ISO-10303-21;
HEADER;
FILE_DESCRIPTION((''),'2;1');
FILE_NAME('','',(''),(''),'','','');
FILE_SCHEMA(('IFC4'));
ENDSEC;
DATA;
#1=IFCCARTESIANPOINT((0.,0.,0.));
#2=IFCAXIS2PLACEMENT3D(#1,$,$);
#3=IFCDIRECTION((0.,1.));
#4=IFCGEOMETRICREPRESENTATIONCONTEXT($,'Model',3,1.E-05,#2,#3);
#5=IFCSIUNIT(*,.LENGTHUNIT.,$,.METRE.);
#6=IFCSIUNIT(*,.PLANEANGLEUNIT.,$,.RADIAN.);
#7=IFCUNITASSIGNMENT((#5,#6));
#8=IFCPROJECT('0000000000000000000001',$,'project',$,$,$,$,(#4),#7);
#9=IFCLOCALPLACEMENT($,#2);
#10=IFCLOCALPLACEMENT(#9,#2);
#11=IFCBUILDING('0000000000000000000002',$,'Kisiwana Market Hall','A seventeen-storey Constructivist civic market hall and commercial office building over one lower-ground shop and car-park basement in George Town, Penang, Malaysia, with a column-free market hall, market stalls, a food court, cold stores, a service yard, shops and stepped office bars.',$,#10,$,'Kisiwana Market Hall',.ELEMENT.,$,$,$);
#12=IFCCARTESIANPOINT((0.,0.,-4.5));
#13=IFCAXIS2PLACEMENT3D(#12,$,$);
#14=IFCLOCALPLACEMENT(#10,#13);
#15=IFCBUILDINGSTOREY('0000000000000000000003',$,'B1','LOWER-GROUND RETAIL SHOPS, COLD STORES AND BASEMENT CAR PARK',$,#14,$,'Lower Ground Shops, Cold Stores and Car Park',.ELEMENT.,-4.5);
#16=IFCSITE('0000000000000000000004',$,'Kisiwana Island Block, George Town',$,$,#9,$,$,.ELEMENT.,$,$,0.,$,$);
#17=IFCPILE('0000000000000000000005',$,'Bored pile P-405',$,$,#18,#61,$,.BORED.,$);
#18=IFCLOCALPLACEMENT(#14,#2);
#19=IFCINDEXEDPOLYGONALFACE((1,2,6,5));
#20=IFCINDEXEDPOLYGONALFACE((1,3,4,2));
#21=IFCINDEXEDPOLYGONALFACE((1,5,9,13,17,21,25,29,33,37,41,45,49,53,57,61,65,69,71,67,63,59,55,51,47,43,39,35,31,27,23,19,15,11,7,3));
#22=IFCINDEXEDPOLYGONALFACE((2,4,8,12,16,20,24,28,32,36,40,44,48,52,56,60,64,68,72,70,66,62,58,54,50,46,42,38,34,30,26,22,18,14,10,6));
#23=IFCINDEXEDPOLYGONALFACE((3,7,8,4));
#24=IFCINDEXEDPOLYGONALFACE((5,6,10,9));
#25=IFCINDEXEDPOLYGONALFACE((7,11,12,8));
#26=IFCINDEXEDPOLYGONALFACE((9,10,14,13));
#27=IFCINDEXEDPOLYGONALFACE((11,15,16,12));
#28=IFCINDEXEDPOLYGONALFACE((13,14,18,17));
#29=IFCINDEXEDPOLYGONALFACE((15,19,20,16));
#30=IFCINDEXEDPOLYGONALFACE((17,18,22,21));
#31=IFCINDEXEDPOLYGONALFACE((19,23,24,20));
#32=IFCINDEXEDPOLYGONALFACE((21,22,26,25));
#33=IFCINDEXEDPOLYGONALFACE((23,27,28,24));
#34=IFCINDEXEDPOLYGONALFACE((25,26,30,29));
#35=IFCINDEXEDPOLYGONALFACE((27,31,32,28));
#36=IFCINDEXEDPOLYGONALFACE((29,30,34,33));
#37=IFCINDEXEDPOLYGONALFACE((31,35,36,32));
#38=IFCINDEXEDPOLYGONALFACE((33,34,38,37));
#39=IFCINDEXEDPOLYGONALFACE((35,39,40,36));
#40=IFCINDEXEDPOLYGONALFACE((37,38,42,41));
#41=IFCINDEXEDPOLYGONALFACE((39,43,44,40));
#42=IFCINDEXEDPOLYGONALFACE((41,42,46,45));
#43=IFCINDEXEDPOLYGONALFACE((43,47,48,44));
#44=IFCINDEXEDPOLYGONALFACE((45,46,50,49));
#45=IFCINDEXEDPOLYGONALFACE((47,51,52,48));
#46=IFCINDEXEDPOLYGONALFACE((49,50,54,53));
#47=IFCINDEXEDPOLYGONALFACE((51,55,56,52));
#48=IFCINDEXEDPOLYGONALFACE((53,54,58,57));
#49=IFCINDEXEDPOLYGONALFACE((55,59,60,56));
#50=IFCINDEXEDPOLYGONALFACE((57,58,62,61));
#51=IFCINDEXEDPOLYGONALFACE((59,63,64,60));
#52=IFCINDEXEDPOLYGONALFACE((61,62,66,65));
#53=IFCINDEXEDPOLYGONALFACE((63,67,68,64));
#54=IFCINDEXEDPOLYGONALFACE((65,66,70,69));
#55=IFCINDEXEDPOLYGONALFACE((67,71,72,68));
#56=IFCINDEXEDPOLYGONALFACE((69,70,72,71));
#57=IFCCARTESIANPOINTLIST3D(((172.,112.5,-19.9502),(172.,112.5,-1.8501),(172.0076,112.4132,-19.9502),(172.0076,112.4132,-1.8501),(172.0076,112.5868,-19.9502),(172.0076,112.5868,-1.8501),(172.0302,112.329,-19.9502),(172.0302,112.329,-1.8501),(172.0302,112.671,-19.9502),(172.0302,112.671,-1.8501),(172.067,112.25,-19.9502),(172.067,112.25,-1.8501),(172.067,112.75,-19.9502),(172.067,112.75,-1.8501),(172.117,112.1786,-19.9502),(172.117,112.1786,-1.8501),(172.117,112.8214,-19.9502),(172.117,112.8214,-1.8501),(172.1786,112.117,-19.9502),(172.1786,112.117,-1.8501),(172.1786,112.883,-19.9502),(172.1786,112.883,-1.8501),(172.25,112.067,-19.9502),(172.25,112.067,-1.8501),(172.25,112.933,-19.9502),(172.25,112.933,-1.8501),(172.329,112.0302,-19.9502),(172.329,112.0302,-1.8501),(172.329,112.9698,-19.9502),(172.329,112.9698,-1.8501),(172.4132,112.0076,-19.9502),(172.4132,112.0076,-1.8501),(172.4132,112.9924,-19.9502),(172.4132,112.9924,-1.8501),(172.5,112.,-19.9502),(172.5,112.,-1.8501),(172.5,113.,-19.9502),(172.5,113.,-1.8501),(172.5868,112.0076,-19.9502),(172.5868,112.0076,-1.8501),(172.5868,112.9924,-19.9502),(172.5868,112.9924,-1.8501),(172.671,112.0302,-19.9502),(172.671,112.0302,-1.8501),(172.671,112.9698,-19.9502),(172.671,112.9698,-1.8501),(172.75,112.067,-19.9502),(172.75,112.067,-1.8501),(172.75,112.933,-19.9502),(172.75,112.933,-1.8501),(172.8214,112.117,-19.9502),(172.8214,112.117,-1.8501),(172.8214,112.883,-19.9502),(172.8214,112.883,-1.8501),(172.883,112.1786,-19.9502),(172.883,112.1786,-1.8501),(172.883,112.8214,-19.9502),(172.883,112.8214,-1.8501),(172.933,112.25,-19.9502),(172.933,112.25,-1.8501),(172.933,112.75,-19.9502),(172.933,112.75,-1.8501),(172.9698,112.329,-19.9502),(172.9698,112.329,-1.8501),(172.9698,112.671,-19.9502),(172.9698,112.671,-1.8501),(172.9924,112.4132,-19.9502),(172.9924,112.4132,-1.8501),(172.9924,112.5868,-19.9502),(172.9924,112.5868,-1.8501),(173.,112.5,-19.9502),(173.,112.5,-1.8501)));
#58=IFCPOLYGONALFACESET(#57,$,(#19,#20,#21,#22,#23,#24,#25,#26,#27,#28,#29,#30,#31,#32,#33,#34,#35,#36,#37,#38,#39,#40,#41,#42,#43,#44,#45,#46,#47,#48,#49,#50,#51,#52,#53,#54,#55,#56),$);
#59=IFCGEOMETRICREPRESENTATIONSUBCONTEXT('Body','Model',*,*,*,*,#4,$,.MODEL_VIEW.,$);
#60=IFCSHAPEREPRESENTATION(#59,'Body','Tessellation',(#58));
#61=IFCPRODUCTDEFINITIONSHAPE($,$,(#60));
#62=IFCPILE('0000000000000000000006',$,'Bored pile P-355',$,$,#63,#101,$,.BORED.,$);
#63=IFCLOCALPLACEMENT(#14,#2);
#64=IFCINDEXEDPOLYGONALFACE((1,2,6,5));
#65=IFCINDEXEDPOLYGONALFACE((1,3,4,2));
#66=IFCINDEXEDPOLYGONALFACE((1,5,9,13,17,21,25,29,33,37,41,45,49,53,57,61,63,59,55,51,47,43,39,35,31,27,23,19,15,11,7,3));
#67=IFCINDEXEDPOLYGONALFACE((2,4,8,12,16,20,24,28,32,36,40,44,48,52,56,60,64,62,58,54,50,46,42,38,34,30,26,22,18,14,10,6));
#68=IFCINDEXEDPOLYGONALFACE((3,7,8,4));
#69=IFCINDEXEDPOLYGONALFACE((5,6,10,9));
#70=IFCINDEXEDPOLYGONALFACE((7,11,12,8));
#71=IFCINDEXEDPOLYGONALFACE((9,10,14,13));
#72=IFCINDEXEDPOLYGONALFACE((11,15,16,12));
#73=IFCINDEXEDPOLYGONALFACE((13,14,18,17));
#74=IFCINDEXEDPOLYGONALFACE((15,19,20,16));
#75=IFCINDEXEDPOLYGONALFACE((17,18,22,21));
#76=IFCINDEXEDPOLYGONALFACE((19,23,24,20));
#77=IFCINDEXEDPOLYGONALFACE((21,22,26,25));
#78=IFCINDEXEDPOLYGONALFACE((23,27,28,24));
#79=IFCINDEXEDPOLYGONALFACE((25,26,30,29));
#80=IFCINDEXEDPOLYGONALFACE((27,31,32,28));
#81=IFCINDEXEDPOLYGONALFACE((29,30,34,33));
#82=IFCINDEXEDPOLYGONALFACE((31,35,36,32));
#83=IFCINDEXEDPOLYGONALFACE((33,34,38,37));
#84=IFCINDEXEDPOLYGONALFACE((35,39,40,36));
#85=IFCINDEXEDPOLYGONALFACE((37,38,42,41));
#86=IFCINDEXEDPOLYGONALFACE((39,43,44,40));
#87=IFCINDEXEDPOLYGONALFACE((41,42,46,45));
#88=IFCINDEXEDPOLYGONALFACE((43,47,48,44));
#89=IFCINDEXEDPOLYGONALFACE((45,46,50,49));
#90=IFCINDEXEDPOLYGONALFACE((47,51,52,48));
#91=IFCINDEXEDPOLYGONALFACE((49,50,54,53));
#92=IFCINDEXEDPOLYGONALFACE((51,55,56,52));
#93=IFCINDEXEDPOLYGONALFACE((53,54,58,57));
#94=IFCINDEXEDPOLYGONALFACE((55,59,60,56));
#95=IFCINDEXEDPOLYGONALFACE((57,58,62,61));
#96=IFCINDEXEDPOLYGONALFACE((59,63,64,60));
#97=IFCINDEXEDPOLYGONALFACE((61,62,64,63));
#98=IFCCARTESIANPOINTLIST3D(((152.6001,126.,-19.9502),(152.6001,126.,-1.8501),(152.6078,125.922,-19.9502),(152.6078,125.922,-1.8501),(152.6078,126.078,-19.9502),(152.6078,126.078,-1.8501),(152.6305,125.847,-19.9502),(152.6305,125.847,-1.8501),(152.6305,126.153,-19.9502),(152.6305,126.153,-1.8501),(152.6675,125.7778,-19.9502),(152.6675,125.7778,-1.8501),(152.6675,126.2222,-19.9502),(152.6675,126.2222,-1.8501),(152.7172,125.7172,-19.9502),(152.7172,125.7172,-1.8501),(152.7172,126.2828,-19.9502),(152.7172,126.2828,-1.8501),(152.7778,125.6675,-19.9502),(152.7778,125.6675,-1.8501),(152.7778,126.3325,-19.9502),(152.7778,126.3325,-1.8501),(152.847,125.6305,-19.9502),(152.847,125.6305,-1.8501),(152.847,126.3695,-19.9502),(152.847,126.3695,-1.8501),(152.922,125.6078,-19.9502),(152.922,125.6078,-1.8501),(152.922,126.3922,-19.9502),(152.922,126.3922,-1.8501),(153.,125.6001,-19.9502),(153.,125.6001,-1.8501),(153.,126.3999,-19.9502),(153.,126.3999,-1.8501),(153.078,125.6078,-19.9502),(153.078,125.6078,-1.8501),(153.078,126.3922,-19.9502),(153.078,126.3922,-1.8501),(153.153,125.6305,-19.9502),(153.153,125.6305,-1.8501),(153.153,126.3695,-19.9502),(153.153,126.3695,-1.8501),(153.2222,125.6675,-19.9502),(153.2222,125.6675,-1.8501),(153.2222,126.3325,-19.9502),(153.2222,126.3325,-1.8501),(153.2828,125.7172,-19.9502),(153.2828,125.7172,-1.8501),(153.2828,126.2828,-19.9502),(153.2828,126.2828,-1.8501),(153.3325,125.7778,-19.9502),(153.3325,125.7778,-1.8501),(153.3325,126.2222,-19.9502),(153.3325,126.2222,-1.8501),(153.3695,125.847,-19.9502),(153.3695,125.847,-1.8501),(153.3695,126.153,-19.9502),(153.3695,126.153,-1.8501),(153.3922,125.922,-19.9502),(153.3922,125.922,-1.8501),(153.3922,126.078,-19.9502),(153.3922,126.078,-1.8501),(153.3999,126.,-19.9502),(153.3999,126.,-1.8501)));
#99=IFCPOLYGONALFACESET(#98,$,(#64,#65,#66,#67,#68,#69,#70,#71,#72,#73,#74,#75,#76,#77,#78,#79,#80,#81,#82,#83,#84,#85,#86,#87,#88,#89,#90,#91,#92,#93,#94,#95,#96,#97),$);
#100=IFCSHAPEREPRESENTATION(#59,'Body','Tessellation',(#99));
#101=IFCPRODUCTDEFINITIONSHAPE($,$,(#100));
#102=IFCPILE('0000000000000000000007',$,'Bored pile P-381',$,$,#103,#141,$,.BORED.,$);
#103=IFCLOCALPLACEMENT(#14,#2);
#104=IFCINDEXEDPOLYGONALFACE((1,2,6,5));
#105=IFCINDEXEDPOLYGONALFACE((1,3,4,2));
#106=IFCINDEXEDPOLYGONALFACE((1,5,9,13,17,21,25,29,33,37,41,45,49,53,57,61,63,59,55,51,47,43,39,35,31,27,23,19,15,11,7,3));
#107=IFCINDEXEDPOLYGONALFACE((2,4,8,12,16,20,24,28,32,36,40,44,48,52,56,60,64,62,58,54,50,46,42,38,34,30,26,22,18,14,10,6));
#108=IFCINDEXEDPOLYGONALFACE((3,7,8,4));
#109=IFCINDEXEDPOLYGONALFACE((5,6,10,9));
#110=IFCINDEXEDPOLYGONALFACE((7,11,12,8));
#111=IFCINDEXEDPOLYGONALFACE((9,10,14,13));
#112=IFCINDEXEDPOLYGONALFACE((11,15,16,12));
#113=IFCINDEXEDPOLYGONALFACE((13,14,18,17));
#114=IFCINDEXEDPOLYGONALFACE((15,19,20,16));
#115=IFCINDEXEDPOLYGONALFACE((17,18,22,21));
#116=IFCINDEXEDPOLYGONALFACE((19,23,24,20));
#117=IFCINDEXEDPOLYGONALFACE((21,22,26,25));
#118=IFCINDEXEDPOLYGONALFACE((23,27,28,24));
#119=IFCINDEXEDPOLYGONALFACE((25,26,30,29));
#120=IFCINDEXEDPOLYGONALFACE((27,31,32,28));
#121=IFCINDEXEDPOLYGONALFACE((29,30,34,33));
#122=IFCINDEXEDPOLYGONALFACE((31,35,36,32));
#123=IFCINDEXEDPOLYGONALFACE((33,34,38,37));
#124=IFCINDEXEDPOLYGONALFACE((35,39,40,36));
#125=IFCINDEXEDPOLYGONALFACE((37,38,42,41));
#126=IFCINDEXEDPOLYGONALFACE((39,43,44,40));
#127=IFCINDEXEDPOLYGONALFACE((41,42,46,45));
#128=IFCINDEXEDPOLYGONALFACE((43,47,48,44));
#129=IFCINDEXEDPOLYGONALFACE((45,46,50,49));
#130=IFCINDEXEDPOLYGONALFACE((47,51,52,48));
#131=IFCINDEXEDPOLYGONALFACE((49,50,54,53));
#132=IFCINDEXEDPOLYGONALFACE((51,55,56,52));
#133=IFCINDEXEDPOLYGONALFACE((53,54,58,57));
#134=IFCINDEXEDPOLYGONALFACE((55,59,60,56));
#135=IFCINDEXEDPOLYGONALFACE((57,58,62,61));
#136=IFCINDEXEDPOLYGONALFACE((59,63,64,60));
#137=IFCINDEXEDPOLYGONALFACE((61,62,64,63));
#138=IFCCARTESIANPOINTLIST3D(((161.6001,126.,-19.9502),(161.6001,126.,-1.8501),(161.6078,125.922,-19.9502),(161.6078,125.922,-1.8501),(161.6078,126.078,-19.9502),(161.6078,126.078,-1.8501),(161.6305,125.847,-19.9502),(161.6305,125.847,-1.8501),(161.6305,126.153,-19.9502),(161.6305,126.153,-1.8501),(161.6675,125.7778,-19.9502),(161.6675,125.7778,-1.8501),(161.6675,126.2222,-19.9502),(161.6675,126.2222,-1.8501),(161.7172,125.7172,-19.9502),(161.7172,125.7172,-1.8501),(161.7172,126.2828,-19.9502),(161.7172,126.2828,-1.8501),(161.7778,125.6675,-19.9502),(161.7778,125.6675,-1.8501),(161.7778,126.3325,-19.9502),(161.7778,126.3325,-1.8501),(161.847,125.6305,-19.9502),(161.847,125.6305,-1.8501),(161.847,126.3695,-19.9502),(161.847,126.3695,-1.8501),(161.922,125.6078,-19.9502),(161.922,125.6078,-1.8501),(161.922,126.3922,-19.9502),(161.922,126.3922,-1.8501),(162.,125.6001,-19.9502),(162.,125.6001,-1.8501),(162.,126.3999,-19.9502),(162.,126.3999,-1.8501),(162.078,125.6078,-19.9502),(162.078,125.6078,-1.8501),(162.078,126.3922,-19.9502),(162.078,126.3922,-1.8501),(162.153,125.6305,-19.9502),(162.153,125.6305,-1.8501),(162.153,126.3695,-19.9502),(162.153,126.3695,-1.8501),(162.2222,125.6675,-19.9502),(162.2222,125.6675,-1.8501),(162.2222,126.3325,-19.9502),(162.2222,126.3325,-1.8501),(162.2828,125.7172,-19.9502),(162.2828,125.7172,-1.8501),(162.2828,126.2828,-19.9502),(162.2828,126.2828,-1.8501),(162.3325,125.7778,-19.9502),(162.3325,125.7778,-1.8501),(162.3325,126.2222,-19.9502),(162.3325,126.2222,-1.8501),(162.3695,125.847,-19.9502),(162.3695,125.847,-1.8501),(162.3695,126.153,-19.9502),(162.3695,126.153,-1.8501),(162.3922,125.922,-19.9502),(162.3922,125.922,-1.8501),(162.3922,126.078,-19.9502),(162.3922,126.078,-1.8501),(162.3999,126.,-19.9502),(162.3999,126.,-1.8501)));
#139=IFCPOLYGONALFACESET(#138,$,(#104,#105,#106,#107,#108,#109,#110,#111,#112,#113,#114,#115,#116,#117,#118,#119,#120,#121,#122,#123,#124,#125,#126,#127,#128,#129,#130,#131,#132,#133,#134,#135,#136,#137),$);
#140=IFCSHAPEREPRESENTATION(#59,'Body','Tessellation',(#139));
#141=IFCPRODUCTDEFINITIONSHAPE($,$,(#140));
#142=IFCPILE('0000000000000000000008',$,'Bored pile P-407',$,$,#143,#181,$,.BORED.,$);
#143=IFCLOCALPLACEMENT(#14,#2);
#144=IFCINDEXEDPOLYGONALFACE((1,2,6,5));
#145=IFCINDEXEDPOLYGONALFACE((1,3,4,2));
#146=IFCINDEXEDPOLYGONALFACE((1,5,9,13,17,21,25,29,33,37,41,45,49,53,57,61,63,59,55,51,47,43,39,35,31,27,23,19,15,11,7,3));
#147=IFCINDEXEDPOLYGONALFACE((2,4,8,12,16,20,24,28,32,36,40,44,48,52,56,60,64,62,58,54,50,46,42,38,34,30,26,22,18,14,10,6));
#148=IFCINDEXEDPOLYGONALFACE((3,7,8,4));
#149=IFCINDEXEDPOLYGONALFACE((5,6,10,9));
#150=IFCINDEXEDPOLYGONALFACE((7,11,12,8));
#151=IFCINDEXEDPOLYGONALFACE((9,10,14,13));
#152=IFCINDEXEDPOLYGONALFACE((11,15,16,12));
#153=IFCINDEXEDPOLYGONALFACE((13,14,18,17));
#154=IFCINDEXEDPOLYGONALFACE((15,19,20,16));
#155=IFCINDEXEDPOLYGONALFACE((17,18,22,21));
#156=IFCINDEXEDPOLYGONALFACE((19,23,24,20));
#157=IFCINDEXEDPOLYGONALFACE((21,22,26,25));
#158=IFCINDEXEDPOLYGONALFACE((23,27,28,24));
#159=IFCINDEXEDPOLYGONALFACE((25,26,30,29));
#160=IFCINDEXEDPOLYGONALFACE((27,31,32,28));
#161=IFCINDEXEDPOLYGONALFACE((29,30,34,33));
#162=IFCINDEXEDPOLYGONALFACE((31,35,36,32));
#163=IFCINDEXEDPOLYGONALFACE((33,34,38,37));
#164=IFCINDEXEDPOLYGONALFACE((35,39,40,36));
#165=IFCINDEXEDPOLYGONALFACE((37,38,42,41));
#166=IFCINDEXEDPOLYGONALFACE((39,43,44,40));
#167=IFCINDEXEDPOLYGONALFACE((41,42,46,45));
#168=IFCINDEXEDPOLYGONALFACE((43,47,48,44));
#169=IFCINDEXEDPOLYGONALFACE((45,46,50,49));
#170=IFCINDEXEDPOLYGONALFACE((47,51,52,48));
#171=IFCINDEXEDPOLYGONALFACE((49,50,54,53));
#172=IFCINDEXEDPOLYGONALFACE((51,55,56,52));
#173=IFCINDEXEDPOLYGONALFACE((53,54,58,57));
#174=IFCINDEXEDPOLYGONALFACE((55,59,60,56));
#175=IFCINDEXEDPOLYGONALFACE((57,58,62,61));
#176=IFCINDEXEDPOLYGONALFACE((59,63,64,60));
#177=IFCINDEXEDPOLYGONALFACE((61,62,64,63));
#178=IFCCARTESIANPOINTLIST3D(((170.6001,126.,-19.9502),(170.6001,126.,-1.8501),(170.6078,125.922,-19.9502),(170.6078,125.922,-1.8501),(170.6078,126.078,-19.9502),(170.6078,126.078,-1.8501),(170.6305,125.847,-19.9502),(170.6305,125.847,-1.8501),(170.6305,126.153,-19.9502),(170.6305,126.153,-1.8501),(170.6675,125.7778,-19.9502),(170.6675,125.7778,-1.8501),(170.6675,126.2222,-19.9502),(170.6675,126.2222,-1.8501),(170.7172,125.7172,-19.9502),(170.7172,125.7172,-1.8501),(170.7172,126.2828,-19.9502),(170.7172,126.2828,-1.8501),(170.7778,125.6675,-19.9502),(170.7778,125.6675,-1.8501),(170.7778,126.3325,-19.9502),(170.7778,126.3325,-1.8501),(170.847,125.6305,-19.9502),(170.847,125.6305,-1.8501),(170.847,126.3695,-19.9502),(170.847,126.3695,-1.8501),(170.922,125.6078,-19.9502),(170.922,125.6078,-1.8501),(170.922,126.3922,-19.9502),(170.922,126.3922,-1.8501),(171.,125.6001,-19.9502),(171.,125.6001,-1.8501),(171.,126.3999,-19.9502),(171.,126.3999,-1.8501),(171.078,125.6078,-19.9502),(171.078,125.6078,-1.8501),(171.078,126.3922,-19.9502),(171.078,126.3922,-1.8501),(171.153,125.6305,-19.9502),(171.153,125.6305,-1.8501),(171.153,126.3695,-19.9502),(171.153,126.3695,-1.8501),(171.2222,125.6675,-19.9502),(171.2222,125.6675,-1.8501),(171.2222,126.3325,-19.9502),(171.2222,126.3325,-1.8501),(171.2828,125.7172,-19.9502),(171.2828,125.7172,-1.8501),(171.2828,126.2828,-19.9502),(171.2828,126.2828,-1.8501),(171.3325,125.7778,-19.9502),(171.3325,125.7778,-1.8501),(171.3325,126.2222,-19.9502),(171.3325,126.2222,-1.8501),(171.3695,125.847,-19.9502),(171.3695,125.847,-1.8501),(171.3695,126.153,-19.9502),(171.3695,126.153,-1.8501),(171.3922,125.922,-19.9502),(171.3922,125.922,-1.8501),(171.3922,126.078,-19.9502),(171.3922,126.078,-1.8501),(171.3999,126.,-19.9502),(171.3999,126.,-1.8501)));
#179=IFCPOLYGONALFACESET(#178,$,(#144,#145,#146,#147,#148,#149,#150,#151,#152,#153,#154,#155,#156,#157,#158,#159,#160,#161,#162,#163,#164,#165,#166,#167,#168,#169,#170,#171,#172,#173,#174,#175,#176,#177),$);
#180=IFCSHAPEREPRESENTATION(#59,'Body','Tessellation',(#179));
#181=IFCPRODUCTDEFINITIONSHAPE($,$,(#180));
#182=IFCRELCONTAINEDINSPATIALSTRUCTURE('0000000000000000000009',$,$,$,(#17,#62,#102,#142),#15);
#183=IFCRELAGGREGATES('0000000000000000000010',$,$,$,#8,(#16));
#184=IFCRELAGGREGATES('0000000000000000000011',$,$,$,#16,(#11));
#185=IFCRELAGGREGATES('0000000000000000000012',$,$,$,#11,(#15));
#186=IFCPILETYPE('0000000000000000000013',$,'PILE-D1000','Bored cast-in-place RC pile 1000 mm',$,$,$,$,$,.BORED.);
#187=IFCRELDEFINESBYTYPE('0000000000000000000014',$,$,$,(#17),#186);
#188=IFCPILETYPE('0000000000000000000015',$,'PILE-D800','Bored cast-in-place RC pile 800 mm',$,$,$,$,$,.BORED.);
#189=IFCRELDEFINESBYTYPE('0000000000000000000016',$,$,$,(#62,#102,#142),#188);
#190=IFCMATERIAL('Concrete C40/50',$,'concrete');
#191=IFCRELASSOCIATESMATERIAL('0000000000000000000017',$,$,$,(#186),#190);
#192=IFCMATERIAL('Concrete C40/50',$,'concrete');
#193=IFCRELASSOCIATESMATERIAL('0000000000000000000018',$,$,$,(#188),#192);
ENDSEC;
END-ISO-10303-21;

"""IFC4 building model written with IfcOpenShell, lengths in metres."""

from ifc_helpers import new_model, si_unit, direction, frame, origin, origin_2d, place, context, subcontext, project, spatial, circle, extrude, material, material_profile, profile_set, type_object, element, save


model = new_model("IFC4")

# Units and contexts
model_context = context("Model", 3, precision=1e-05, world=origin(), true_north=direction((0.0, 1.0)))
body_context = subcontext(model_context, "Body", "Model", "MODEL_VIEW")
ifc_project = project(units=[si_unit("LENGTHUNIT", "METRE"), si_unit("PLANEANGLEUNIT", "RADIAN")], contexts=[model_context])

# Site, building, storey
site_placement = place(None, origin())
site = spatial("IfcSite", under=ifc_project, at=site_placement, Name="Kisiwana Island Block, George Town", CompositionType="ELEMENT", RefElevation=0.0)
building_placement = place(site_placement, origin())
building = spatial("IfcBuilding", under=site, at=building_placement, Name="Kisiwana Market Hall", Description="A seventeen-storey Constructivist civic market hall and commercial office building over one lower-ground shop and car-park basement in George Town, Penang, Malaysia, with a column-free market hall, market stalls, a food court, cold stores, a service yard, shops and stepped office bars.", LongName="Kisiwana Market Hall", CompositionType="ELEMENT")
storey_placement = place(building_placement, frame((0.0, 0.0, -4.5)))
storey = spatial("IfcBuildingStorey", under=building, at=storey_placement, Name="B1", Description="LOWER-GROUND RETAIL SHOPS, COLD STORES AND BASEMENT CAR PARK", LongName="Lower Ground Shops, Cold Stores and Car Park", CompositionType="ELEMENT", Elevation=-4.5)

# Piles
ifc_material_1 = material(Name="Concrete C40/50", Category="concrete")
ifc_material_profile_1 = material_profile(ifc_material_1, circle(Radius=0.5, at=origin_2d()), Name="BP D1000")
ifc_profile_set_1 = profile_set([ifc_material_profile_1], Name="Concrete C40/50")
pile_type_1 = type_object("IfcPileType", Name="PILE-D1000", Description="Bored cast-in-place RC pile 1000 mm", PredefinedType="BORED", material=ifc_profile_set_1)
for number, where, z_axis, x_axis, name in (
    (1, (172.5, 112.5, -1.8501), (0.0, 0.0, -1.0), (1.0, 0.0, 0.0), "Bored pile P-405"),
):
    element("IfcPile", number, at=place(storey_placement, frame(where, z_axis=z_axis, x_axis=x_axis)), inside=storey, type_object=pile_type_1, Name=name, PredefinedType="BORED", context=body_context, shape_type="SweptSolid", body=[
        extrude(circle(Radius=0.5, at=origin_2d()), origin(), (0.0, 0.0, 1.0), 18.1001),
    ])
ifc_material_2 = material(Name="Concrete C40/50", Category="concrete")
ifc_material_profile_2 = material_profile(ifc_material_2, circle(Radius=0.3999, at=origin_2d()), Name="BP D800")
ifc_profile_set_2 = profile_set([ifc_material_profile_2], Name="Concrete C40/50")
pile_type_2 = type_object("IfcPileType", Name="PILE-D800", Description="Bored cast-in-place RC pile 800 mm", PredefinedType="BORED", material=ifc_profile_set_2)
for number, where, z_axis, x_axis, name in (
    (2, (153.0, 126.0, -1.8501), (0.0, 0.0, -1.0), (1.0, 0.0, 0.0), "Bored pile P-355"),
    (3, (162.0, 126.0, -1.8501), (0.0, 0.0, -1.0), (1.0, 0.0, 0.0), "Bored pile P-381"),
    (4, (171.0, 126.0, -1.8501), (0.0, 0.0, -1.0), (1.0, 0.0, 0.0), "Bored pile P-407"),
):
    element("IfcPile", number, at=place(storey_placement, frame(where, z_axis=z_axis, x_axis=x_axis)), inside=storey, type_object=pile_type_2, Name=name, PredefinedType="BORED", context=body_context, shape_type="SweptSolid", body=[
        extrude(circle(Radius=0.3999, at=origin_2d()), origin(), (0.0, 0.0, 1.0), 18.1001),
    ])

save(model, "model.ifc")
